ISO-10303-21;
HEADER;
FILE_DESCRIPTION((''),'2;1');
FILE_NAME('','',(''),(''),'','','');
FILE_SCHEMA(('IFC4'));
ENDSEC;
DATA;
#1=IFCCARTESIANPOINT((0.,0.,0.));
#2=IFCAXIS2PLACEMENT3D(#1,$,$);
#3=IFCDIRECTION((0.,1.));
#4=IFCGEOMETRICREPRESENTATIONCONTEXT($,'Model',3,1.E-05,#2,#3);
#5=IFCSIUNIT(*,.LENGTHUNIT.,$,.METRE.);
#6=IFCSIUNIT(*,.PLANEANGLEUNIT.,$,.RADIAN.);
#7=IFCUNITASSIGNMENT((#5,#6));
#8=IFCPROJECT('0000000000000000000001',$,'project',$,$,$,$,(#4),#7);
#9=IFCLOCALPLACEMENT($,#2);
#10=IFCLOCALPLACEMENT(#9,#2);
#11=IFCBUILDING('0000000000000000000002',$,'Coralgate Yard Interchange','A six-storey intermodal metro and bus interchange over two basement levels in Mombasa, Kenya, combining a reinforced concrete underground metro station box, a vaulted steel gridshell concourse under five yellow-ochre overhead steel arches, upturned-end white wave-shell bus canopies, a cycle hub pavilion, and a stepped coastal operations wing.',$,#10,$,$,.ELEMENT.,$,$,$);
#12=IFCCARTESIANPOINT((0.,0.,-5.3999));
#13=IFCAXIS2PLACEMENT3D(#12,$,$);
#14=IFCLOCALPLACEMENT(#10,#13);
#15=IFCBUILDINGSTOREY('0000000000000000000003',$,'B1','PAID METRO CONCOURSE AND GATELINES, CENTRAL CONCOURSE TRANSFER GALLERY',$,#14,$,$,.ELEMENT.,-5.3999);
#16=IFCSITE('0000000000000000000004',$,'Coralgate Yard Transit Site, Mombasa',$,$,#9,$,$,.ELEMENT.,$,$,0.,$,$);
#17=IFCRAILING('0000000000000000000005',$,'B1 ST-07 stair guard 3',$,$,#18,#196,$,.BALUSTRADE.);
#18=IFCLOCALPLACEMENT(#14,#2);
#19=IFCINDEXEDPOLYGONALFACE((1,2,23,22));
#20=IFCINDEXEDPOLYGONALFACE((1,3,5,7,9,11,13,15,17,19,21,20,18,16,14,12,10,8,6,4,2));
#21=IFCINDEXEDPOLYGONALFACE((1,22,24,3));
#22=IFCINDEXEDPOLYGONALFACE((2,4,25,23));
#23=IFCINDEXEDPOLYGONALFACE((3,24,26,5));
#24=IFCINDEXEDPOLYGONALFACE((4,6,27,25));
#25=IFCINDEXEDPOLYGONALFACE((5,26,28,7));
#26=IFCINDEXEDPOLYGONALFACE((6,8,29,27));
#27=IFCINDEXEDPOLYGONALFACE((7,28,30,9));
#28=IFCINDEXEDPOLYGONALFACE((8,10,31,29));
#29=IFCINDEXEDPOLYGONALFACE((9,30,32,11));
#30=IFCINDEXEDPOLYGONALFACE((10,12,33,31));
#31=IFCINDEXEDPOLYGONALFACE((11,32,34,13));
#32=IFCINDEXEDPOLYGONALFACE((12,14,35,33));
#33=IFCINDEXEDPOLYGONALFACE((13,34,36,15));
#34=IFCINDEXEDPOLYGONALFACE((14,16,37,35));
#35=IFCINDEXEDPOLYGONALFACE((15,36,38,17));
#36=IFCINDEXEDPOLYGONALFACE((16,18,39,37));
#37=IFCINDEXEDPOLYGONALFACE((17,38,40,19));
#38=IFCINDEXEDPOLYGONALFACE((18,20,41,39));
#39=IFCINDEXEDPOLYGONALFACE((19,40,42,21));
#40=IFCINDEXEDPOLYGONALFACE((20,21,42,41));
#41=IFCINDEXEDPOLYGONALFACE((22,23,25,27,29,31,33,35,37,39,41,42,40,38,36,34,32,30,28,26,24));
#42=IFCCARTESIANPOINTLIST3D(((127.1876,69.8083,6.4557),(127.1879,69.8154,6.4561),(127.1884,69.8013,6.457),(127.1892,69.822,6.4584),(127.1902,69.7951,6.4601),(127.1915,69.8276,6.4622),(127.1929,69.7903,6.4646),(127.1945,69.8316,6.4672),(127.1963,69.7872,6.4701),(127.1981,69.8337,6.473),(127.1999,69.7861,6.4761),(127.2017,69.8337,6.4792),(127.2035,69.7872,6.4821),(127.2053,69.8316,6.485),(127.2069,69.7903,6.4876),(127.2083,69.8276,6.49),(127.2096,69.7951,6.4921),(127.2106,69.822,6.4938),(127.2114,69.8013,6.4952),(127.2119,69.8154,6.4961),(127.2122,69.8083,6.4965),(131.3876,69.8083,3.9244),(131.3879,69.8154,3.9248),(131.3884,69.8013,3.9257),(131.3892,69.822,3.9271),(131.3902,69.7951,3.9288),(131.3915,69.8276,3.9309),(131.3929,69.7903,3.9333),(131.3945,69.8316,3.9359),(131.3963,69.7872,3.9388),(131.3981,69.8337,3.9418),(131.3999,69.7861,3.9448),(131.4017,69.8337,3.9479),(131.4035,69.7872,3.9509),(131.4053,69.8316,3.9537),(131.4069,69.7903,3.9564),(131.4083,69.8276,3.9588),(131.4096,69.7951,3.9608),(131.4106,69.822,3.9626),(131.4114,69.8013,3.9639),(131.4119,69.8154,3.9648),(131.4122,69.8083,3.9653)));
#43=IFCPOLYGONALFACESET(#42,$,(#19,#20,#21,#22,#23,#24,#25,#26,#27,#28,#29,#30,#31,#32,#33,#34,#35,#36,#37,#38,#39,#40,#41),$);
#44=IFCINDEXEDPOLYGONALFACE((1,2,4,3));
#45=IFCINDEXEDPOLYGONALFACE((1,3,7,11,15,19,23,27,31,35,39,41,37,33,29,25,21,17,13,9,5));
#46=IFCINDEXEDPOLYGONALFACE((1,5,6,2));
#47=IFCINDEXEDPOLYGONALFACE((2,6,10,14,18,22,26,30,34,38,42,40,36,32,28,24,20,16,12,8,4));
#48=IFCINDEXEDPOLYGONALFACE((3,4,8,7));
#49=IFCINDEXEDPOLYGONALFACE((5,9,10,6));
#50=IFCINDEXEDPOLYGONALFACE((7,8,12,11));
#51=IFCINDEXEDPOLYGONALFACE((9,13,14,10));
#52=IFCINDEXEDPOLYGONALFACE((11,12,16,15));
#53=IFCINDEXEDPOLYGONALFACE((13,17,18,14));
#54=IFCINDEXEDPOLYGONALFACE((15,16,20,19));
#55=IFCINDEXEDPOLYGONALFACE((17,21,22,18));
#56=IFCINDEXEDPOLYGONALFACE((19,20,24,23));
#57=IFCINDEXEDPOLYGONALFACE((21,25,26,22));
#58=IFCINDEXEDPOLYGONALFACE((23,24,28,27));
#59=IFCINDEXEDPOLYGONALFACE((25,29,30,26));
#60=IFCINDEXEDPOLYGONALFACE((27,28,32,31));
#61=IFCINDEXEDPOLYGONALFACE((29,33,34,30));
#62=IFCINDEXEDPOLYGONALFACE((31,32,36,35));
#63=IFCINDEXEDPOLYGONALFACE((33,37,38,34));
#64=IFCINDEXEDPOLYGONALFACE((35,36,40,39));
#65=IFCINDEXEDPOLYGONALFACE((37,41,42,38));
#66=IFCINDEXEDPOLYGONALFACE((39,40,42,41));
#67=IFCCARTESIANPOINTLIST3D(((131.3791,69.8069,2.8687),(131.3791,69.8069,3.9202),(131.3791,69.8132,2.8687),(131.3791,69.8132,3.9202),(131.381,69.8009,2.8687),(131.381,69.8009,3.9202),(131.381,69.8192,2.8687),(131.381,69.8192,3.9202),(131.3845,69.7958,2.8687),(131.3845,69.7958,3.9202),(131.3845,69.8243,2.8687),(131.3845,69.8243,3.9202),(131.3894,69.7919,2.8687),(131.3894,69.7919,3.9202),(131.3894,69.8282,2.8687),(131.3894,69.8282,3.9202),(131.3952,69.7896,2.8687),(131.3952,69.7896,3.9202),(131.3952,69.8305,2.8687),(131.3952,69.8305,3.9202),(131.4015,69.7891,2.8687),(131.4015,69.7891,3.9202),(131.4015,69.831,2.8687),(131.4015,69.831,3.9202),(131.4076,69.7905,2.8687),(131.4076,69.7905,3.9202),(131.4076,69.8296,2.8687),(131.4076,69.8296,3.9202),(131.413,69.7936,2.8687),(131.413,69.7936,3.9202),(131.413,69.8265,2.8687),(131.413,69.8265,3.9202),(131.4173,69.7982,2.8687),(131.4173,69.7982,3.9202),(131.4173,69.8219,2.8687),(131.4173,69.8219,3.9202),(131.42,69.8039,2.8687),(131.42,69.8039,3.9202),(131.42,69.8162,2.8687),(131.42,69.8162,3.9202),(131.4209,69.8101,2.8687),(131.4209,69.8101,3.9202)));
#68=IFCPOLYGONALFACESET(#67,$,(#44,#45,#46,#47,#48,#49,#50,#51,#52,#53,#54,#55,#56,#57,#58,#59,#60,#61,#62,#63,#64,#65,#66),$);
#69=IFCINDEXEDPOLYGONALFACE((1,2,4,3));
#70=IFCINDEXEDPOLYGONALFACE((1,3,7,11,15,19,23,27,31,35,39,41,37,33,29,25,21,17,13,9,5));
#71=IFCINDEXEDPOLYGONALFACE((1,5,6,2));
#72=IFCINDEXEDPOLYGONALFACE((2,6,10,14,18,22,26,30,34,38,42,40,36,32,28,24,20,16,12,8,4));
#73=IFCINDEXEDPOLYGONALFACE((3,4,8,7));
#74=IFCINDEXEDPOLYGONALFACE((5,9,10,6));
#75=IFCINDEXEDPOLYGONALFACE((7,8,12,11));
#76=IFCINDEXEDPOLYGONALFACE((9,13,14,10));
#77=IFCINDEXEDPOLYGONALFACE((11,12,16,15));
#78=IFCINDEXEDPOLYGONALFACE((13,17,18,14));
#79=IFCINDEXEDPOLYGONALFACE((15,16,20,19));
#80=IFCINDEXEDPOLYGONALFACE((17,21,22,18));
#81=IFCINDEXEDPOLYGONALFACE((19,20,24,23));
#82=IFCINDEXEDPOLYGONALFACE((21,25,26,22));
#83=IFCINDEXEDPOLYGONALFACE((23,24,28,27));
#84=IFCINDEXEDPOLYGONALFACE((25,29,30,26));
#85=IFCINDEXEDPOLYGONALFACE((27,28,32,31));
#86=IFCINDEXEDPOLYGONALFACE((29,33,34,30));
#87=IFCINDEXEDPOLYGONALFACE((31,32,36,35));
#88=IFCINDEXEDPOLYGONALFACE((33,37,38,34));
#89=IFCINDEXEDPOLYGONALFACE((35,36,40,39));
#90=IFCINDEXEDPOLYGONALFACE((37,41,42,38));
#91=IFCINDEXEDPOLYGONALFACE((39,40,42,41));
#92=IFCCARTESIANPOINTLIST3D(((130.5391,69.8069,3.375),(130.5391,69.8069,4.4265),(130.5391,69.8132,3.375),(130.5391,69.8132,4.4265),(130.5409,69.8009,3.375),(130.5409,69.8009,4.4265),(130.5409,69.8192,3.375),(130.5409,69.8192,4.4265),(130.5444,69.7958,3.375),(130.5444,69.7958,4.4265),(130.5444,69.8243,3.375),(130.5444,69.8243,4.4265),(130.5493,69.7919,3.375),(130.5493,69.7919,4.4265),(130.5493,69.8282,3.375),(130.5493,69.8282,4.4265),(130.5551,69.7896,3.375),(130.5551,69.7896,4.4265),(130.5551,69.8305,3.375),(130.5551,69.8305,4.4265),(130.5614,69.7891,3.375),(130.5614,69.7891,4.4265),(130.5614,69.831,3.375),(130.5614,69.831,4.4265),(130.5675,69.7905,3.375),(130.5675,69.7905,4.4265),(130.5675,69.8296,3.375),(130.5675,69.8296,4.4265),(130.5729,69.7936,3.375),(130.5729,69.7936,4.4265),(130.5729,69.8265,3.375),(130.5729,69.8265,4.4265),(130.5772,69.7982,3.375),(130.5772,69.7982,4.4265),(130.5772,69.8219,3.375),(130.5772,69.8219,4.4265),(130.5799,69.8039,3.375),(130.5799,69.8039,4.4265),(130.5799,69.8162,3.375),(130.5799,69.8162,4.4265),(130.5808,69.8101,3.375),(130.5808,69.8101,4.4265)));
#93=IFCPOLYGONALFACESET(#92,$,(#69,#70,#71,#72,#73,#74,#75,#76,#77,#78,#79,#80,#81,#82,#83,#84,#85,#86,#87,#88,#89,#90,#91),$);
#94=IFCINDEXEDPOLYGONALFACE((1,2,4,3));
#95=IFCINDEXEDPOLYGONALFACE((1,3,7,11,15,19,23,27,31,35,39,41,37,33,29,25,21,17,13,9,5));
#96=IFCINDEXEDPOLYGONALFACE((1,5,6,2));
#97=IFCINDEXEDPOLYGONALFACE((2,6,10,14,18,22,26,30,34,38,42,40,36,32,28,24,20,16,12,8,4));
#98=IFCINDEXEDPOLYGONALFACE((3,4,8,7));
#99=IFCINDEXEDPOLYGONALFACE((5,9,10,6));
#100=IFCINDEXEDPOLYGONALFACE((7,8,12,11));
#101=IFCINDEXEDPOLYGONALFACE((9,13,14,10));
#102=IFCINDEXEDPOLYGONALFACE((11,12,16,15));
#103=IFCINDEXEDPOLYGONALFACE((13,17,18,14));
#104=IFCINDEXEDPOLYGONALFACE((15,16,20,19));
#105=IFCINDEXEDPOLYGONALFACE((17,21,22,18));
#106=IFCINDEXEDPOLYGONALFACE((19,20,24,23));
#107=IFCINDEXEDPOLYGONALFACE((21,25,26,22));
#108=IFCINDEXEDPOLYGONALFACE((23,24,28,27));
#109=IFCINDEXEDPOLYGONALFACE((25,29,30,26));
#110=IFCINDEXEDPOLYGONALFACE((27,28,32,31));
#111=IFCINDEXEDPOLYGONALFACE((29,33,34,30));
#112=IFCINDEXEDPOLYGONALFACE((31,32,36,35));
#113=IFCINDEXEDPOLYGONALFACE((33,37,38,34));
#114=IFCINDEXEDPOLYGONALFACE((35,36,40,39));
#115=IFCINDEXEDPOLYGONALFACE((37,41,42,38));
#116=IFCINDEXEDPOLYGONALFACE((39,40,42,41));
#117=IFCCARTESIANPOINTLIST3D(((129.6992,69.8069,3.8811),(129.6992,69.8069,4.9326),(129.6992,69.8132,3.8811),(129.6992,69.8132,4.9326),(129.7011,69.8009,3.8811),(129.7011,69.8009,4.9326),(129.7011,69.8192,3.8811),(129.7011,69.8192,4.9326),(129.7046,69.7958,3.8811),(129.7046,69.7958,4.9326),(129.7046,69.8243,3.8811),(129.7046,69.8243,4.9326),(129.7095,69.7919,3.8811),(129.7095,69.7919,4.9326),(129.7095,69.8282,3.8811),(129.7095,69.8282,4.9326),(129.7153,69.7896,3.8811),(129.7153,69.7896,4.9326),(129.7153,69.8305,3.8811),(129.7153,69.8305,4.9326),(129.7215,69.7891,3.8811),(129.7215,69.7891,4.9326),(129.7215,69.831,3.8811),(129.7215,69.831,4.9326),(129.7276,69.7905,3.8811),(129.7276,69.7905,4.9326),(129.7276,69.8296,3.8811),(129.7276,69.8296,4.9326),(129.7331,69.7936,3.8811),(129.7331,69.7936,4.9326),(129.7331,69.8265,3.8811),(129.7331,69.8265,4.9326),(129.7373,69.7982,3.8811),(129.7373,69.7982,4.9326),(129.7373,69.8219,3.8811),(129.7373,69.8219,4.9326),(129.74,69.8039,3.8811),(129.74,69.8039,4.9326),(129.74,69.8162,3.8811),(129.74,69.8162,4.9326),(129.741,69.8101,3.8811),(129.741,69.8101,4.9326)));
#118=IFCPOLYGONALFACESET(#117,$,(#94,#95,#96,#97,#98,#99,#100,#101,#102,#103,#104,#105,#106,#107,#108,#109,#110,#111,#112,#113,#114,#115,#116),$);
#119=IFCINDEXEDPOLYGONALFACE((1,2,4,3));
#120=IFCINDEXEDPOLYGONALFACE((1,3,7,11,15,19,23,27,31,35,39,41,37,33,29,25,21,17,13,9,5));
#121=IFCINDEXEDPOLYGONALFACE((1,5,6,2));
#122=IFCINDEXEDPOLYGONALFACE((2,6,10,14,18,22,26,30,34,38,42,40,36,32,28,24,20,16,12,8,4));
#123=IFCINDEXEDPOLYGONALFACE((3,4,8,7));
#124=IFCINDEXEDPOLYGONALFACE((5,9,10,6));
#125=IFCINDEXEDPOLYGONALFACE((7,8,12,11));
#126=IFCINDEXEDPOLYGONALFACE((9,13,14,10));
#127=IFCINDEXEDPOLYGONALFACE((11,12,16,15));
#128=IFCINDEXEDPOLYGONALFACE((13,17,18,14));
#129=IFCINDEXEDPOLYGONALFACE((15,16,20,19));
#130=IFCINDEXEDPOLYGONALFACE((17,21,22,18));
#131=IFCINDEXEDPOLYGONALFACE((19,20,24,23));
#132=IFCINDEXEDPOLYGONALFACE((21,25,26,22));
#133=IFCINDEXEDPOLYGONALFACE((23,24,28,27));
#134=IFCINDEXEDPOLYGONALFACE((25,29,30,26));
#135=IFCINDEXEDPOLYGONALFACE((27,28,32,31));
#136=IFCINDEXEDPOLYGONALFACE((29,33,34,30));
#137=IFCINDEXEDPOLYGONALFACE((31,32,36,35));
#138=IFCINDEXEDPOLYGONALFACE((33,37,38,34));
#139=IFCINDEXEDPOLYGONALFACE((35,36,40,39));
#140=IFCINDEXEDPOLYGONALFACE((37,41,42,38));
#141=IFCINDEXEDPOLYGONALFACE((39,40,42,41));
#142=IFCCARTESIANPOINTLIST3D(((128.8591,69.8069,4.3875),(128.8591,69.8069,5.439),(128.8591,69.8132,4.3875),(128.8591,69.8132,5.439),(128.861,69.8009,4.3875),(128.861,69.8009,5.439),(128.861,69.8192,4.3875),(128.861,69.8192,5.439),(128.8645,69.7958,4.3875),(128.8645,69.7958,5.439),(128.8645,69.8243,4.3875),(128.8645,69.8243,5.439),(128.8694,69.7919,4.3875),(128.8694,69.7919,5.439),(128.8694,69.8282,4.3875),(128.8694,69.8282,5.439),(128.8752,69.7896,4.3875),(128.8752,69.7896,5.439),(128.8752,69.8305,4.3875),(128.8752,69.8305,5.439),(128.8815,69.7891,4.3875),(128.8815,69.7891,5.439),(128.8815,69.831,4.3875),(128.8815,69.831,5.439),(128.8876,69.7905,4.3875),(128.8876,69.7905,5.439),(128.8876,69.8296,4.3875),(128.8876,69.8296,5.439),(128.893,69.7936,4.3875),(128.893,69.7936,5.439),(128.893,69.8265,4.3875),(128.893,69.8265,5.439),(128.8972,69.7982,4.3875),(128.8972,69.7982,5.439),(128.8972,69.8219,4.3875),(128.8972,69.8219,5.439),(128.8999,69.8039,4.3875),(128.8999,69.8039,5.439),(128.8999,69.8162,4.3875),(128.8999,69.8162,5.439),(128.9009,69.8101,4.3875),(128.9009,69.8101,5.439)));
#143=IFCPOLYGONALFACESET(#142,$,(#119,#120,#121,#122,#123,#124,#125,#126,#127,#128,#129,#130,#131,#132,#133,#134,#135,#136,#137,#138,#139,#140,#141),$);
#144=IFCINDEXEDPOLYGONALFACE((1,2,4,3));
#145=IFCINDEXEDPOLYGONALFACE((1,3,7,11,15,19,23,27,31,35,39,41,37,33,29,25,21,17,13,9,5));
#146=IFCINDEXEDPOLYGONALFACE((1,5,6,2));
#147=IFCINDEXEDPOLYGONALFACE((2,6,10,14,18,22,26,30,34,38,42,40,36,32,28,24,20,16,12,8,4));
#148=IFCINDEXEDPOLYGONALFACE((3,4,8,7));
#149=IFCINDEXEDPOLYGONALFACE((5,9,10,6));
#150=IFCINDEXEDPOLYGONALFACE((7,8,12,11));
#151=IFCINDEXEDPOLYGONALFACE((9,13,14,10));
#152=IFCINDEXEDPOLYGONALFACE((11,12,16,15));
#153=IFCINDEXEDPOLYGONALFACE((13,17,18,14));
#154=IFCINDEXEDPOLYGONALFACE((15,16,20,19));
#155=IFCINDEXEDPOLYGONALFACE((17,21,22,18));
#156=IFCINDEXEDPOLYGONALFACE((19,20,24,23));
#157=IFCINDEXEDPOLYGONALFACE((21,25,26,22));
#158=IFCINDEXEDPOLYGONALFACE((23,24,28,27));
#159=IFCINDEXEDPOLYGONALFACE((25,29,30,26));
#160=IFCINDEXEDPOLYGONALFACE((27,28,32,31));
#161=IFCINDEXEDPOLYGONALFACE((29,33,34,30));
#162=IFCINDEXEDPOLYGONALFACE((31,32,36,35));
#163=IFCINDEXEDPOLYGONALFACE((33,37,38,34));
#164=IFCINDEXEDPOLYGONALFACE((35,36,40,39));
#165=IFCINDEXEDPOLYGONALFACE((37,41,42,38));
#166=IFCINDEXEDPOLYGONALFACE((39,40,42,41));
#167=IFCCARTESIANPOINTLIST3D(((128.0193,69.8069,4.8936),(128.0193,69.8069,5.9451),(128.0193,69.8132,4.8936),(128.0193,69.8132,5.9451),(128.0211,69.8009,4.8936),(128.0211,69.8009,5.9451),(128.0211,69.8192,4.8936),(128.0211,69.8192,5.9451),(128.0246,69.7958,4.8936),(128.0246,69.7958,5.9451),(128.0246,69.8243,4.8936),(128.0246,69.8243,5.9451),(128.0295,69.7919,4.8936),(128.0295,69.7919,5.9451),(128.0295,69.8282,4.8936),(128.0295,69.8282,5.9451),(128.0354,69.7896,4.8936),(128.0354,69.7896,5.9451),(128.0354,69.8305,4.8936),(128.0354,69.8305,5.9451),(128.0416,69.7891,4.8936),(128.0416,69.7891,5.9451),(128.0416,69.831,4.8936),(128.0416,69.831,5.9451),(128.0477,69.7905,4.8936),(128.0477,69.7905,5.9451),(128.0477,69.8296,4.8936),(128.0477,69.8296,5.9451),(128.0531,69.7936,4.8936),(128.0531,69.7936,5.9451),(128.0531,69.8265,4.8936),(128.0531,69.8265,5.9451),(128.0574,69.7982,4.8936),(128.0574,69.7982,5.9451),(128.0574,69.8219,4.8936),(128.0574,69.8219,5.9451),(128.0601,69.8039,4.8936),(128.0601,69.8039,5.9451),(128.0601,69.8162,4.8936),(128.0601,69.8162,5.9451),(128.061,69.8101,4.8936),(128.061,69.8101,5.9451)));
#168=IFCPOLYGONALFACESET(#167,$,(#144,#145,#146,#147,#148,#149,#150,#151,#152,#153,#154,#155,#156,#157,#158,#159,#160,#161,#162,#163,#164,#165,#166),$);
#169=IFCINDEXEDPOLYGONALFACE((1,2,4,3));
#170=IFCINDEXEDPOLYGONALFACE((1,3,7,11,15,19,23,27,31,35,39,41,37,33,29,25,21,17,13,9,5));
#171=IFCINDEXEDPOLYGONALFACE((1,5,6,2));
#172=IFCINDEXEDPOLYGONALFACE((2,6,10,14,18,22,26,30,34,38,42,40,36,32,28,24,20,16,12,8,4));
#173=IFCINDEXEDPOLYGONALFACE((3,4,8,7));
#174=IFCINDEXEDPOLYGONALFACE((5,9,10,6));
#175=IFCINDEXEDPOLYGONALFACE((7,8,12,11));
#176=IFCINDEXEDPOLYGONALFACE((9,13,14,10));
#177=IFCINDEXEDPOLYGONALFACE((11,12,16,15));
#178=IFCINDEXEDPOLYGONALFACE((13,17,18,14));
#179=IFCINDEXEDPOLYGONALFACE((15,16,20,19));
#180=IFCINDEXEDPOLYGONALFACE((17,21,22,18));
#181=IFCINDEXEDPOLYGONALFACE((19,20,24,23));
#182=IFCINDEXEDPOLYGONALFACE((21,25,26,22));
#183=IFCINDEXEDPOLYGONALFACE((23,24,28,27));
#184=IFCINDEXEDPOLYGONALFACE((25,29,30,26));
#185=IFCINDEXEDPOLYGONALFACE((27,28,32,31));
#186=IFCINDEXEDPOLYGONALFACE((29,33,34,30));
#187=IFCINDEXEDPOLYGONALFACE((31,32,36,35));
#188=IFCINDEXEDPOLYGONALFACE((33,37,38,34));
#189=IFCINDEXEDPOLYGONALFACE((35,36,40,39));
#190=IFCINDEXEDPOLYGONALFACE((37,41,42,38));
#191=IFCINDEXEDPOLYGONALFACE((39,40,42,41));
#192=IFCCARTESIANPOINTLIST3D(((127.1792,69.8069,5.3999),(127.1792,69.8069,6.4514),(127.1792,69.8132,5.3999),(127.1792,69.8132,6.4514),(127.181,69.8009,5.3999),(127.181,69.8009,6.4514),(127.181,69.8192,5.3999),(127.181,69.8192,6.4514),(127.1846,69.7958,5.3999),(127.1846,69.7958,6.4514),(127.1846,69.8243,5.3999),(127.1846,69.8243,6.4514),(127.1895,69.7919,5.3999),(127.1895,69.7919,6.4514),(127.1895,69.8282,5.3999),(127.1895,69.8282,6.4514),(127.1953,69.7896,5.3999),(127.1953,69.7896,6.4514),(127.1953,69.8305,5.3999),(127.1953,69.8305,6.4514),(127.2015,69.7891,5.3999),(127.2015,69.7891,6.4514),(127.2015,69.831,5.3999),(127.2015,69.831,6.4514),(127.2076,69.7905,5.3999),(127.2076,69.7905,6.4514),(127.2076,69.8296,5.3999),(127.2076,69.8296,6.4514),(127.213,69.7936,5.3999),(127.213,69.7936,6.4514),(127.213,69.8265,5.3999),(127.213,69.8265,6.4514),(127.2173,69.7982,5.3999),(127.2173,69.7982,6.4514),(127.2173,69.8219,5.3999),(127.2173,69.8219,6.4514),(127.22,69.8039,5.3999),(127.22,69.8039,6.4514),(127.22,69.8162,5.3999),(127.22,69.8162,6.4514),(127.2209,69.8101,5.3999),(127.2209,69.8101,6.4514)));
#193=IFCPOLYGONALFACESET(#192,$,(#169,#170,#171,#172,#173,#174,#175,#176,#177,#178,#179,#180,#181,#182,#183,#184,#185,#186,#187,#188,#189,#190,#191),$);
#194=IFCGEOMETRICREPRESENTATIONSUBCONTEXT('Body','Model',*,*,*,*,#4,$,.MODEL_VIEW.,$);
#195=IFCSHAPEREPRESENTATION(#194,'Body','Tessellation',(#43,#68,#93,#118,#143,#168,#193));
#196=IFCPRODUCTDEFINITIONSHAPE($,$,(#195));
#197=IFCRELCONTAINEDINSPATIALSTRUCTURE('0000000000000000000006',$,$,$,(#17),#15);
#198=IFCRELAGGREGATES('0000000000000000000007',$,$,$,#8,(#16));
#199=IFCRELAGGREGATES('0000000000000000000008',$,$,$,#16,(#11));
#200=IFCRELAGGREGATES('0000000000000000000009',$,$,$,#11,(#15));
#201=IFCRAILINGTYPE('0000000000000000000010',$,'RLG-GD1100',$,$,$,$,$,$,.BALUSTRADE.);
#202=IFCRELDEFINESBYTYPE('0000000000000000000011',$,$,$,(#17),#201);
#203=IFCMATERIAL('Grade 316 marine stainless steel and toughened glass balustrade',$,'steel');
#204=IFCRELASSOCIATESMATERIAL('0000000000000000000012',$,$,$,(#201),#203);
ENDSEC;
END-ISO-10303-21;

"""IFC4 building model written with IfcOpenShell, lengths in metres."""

from ifc_helpers import new_model, si_unit, direction, frame, origin, origin_2d, place, context, subcontext, project, spatial, circle, extrude, material, type_object, element, save


model = new_model("IFC4")

# Units and contexts
model_context = context("Model", 3, precision=1e-05, world=origin(), true_north=direction((0.0, 1.0)))
body_context = subcontext(model_context, "Body", "Model", "MODEL_VIEW")
ifc_project = project(units=[si_unit("LENGTHUNIT", "METRE"), si_unit("PLANEANGLEUNIT", "RADIAN")], contexts=[model_context])

# Site, building, storey
site_placement = place(None, origin())
site = spatial("IfcSite", under=ifc_project, at=site_placement, Name="Coralgate Yard Transit Site, Mombasa", CompositionType="ELEMENT", RefElevation=0.0)
building_placement = place(site_placement, origin())
building = spatial("IfcBuilding", under=site, at=building_placement, Name="Coralgate Yard Interchange", Description="A six-storey intermodal metro and bus interchange over two basement levels in Mombasa, Kenya, combining a reinforced concrete underground metro station box, a vaulted steel gridshell concourse under five yellow-ochre overhead steel arches, upturned-end white wave-shell bus canopies, a cycle hub pavilion, and a stepped coastal operations wing.", CompositionType="ELEMENT")
storey_placement = place(building_placement, frame((0.0, 0.0, -5.3999)))
storey = spatial("IfcBuildingStorey", under=building, at=storey_placement, Name="B1", Description="PAID METRO CONCOURSE AND GATELINES, CENTRAL CONCOURSE TRANSFER GALLERY", CompositionType="ELEMENT", Elevation=-5.3999)

# Railing
ifc_material_1 = material(Name="Grade 316 marine stainless steel and toughened glass balustrade", Category="steel")
railing_type_1 = type_object("IfcRailingType", Name="RLG-GD1100", PredefinedType="BALUSTRADE", material=ifc_material_1)
railing_1_placement = place(storey_placement, frame((131.3999, 69.8101, 2.8687)))
element("IfcRailing", 1, at=railing_1_placement, inside=storey, type_object=railing_type_1, Name="B1 ST-07 stair guard 3", PredefinedType="BALUSTRADE", context=body_context, shape_type="SweptSolid", body=[
    extrude(circle(Radius=0.0239, at=origin_2d()), frame((0.0, 0.0, 1.0762), z_axis=(-0.856476, 0.0, 0.516186), x_axis=(0.0, -1.0, 0.0)), (0.0, 0.0, 1.0), 4.9038),
    extrude(circle(Radius=0.021, at=origin_2d()), origin(), (0.0, 0.0, 1.0), 1.0515),
    extrude(circle(Radius=0.021, at=origin_2d()), frame((-0.8401, 0.0, 0.5063)), (0.0, 0.0, 1.0), 1.0515),
    extrude(circle(Radius=0.021, at=origin_2d()), frame((-1.6799, 0.0, 1.0125)), (0.0, 0.0, 1.0), 1.0515),
    extrude(circle(Radius=0.021, at=origin_2d()), frame((-2.52, 0.0, 1.5188)), (0.0, 0.0, 1.0), 1.0515),
    extrude(circle(Radius=0.021, at=origin_2d()), frame((-3.3599, 0.0, 2.0249)), (0.0, 0.0, 1.0), 1.0515),
    extrude(circle(Radius=0.021, at=origin_2d()), frame((-4.2, 0.0, 2.5312)), (0.0, 0.0, 1.0), 1.0515),
])

save(model, "model.ifc")
